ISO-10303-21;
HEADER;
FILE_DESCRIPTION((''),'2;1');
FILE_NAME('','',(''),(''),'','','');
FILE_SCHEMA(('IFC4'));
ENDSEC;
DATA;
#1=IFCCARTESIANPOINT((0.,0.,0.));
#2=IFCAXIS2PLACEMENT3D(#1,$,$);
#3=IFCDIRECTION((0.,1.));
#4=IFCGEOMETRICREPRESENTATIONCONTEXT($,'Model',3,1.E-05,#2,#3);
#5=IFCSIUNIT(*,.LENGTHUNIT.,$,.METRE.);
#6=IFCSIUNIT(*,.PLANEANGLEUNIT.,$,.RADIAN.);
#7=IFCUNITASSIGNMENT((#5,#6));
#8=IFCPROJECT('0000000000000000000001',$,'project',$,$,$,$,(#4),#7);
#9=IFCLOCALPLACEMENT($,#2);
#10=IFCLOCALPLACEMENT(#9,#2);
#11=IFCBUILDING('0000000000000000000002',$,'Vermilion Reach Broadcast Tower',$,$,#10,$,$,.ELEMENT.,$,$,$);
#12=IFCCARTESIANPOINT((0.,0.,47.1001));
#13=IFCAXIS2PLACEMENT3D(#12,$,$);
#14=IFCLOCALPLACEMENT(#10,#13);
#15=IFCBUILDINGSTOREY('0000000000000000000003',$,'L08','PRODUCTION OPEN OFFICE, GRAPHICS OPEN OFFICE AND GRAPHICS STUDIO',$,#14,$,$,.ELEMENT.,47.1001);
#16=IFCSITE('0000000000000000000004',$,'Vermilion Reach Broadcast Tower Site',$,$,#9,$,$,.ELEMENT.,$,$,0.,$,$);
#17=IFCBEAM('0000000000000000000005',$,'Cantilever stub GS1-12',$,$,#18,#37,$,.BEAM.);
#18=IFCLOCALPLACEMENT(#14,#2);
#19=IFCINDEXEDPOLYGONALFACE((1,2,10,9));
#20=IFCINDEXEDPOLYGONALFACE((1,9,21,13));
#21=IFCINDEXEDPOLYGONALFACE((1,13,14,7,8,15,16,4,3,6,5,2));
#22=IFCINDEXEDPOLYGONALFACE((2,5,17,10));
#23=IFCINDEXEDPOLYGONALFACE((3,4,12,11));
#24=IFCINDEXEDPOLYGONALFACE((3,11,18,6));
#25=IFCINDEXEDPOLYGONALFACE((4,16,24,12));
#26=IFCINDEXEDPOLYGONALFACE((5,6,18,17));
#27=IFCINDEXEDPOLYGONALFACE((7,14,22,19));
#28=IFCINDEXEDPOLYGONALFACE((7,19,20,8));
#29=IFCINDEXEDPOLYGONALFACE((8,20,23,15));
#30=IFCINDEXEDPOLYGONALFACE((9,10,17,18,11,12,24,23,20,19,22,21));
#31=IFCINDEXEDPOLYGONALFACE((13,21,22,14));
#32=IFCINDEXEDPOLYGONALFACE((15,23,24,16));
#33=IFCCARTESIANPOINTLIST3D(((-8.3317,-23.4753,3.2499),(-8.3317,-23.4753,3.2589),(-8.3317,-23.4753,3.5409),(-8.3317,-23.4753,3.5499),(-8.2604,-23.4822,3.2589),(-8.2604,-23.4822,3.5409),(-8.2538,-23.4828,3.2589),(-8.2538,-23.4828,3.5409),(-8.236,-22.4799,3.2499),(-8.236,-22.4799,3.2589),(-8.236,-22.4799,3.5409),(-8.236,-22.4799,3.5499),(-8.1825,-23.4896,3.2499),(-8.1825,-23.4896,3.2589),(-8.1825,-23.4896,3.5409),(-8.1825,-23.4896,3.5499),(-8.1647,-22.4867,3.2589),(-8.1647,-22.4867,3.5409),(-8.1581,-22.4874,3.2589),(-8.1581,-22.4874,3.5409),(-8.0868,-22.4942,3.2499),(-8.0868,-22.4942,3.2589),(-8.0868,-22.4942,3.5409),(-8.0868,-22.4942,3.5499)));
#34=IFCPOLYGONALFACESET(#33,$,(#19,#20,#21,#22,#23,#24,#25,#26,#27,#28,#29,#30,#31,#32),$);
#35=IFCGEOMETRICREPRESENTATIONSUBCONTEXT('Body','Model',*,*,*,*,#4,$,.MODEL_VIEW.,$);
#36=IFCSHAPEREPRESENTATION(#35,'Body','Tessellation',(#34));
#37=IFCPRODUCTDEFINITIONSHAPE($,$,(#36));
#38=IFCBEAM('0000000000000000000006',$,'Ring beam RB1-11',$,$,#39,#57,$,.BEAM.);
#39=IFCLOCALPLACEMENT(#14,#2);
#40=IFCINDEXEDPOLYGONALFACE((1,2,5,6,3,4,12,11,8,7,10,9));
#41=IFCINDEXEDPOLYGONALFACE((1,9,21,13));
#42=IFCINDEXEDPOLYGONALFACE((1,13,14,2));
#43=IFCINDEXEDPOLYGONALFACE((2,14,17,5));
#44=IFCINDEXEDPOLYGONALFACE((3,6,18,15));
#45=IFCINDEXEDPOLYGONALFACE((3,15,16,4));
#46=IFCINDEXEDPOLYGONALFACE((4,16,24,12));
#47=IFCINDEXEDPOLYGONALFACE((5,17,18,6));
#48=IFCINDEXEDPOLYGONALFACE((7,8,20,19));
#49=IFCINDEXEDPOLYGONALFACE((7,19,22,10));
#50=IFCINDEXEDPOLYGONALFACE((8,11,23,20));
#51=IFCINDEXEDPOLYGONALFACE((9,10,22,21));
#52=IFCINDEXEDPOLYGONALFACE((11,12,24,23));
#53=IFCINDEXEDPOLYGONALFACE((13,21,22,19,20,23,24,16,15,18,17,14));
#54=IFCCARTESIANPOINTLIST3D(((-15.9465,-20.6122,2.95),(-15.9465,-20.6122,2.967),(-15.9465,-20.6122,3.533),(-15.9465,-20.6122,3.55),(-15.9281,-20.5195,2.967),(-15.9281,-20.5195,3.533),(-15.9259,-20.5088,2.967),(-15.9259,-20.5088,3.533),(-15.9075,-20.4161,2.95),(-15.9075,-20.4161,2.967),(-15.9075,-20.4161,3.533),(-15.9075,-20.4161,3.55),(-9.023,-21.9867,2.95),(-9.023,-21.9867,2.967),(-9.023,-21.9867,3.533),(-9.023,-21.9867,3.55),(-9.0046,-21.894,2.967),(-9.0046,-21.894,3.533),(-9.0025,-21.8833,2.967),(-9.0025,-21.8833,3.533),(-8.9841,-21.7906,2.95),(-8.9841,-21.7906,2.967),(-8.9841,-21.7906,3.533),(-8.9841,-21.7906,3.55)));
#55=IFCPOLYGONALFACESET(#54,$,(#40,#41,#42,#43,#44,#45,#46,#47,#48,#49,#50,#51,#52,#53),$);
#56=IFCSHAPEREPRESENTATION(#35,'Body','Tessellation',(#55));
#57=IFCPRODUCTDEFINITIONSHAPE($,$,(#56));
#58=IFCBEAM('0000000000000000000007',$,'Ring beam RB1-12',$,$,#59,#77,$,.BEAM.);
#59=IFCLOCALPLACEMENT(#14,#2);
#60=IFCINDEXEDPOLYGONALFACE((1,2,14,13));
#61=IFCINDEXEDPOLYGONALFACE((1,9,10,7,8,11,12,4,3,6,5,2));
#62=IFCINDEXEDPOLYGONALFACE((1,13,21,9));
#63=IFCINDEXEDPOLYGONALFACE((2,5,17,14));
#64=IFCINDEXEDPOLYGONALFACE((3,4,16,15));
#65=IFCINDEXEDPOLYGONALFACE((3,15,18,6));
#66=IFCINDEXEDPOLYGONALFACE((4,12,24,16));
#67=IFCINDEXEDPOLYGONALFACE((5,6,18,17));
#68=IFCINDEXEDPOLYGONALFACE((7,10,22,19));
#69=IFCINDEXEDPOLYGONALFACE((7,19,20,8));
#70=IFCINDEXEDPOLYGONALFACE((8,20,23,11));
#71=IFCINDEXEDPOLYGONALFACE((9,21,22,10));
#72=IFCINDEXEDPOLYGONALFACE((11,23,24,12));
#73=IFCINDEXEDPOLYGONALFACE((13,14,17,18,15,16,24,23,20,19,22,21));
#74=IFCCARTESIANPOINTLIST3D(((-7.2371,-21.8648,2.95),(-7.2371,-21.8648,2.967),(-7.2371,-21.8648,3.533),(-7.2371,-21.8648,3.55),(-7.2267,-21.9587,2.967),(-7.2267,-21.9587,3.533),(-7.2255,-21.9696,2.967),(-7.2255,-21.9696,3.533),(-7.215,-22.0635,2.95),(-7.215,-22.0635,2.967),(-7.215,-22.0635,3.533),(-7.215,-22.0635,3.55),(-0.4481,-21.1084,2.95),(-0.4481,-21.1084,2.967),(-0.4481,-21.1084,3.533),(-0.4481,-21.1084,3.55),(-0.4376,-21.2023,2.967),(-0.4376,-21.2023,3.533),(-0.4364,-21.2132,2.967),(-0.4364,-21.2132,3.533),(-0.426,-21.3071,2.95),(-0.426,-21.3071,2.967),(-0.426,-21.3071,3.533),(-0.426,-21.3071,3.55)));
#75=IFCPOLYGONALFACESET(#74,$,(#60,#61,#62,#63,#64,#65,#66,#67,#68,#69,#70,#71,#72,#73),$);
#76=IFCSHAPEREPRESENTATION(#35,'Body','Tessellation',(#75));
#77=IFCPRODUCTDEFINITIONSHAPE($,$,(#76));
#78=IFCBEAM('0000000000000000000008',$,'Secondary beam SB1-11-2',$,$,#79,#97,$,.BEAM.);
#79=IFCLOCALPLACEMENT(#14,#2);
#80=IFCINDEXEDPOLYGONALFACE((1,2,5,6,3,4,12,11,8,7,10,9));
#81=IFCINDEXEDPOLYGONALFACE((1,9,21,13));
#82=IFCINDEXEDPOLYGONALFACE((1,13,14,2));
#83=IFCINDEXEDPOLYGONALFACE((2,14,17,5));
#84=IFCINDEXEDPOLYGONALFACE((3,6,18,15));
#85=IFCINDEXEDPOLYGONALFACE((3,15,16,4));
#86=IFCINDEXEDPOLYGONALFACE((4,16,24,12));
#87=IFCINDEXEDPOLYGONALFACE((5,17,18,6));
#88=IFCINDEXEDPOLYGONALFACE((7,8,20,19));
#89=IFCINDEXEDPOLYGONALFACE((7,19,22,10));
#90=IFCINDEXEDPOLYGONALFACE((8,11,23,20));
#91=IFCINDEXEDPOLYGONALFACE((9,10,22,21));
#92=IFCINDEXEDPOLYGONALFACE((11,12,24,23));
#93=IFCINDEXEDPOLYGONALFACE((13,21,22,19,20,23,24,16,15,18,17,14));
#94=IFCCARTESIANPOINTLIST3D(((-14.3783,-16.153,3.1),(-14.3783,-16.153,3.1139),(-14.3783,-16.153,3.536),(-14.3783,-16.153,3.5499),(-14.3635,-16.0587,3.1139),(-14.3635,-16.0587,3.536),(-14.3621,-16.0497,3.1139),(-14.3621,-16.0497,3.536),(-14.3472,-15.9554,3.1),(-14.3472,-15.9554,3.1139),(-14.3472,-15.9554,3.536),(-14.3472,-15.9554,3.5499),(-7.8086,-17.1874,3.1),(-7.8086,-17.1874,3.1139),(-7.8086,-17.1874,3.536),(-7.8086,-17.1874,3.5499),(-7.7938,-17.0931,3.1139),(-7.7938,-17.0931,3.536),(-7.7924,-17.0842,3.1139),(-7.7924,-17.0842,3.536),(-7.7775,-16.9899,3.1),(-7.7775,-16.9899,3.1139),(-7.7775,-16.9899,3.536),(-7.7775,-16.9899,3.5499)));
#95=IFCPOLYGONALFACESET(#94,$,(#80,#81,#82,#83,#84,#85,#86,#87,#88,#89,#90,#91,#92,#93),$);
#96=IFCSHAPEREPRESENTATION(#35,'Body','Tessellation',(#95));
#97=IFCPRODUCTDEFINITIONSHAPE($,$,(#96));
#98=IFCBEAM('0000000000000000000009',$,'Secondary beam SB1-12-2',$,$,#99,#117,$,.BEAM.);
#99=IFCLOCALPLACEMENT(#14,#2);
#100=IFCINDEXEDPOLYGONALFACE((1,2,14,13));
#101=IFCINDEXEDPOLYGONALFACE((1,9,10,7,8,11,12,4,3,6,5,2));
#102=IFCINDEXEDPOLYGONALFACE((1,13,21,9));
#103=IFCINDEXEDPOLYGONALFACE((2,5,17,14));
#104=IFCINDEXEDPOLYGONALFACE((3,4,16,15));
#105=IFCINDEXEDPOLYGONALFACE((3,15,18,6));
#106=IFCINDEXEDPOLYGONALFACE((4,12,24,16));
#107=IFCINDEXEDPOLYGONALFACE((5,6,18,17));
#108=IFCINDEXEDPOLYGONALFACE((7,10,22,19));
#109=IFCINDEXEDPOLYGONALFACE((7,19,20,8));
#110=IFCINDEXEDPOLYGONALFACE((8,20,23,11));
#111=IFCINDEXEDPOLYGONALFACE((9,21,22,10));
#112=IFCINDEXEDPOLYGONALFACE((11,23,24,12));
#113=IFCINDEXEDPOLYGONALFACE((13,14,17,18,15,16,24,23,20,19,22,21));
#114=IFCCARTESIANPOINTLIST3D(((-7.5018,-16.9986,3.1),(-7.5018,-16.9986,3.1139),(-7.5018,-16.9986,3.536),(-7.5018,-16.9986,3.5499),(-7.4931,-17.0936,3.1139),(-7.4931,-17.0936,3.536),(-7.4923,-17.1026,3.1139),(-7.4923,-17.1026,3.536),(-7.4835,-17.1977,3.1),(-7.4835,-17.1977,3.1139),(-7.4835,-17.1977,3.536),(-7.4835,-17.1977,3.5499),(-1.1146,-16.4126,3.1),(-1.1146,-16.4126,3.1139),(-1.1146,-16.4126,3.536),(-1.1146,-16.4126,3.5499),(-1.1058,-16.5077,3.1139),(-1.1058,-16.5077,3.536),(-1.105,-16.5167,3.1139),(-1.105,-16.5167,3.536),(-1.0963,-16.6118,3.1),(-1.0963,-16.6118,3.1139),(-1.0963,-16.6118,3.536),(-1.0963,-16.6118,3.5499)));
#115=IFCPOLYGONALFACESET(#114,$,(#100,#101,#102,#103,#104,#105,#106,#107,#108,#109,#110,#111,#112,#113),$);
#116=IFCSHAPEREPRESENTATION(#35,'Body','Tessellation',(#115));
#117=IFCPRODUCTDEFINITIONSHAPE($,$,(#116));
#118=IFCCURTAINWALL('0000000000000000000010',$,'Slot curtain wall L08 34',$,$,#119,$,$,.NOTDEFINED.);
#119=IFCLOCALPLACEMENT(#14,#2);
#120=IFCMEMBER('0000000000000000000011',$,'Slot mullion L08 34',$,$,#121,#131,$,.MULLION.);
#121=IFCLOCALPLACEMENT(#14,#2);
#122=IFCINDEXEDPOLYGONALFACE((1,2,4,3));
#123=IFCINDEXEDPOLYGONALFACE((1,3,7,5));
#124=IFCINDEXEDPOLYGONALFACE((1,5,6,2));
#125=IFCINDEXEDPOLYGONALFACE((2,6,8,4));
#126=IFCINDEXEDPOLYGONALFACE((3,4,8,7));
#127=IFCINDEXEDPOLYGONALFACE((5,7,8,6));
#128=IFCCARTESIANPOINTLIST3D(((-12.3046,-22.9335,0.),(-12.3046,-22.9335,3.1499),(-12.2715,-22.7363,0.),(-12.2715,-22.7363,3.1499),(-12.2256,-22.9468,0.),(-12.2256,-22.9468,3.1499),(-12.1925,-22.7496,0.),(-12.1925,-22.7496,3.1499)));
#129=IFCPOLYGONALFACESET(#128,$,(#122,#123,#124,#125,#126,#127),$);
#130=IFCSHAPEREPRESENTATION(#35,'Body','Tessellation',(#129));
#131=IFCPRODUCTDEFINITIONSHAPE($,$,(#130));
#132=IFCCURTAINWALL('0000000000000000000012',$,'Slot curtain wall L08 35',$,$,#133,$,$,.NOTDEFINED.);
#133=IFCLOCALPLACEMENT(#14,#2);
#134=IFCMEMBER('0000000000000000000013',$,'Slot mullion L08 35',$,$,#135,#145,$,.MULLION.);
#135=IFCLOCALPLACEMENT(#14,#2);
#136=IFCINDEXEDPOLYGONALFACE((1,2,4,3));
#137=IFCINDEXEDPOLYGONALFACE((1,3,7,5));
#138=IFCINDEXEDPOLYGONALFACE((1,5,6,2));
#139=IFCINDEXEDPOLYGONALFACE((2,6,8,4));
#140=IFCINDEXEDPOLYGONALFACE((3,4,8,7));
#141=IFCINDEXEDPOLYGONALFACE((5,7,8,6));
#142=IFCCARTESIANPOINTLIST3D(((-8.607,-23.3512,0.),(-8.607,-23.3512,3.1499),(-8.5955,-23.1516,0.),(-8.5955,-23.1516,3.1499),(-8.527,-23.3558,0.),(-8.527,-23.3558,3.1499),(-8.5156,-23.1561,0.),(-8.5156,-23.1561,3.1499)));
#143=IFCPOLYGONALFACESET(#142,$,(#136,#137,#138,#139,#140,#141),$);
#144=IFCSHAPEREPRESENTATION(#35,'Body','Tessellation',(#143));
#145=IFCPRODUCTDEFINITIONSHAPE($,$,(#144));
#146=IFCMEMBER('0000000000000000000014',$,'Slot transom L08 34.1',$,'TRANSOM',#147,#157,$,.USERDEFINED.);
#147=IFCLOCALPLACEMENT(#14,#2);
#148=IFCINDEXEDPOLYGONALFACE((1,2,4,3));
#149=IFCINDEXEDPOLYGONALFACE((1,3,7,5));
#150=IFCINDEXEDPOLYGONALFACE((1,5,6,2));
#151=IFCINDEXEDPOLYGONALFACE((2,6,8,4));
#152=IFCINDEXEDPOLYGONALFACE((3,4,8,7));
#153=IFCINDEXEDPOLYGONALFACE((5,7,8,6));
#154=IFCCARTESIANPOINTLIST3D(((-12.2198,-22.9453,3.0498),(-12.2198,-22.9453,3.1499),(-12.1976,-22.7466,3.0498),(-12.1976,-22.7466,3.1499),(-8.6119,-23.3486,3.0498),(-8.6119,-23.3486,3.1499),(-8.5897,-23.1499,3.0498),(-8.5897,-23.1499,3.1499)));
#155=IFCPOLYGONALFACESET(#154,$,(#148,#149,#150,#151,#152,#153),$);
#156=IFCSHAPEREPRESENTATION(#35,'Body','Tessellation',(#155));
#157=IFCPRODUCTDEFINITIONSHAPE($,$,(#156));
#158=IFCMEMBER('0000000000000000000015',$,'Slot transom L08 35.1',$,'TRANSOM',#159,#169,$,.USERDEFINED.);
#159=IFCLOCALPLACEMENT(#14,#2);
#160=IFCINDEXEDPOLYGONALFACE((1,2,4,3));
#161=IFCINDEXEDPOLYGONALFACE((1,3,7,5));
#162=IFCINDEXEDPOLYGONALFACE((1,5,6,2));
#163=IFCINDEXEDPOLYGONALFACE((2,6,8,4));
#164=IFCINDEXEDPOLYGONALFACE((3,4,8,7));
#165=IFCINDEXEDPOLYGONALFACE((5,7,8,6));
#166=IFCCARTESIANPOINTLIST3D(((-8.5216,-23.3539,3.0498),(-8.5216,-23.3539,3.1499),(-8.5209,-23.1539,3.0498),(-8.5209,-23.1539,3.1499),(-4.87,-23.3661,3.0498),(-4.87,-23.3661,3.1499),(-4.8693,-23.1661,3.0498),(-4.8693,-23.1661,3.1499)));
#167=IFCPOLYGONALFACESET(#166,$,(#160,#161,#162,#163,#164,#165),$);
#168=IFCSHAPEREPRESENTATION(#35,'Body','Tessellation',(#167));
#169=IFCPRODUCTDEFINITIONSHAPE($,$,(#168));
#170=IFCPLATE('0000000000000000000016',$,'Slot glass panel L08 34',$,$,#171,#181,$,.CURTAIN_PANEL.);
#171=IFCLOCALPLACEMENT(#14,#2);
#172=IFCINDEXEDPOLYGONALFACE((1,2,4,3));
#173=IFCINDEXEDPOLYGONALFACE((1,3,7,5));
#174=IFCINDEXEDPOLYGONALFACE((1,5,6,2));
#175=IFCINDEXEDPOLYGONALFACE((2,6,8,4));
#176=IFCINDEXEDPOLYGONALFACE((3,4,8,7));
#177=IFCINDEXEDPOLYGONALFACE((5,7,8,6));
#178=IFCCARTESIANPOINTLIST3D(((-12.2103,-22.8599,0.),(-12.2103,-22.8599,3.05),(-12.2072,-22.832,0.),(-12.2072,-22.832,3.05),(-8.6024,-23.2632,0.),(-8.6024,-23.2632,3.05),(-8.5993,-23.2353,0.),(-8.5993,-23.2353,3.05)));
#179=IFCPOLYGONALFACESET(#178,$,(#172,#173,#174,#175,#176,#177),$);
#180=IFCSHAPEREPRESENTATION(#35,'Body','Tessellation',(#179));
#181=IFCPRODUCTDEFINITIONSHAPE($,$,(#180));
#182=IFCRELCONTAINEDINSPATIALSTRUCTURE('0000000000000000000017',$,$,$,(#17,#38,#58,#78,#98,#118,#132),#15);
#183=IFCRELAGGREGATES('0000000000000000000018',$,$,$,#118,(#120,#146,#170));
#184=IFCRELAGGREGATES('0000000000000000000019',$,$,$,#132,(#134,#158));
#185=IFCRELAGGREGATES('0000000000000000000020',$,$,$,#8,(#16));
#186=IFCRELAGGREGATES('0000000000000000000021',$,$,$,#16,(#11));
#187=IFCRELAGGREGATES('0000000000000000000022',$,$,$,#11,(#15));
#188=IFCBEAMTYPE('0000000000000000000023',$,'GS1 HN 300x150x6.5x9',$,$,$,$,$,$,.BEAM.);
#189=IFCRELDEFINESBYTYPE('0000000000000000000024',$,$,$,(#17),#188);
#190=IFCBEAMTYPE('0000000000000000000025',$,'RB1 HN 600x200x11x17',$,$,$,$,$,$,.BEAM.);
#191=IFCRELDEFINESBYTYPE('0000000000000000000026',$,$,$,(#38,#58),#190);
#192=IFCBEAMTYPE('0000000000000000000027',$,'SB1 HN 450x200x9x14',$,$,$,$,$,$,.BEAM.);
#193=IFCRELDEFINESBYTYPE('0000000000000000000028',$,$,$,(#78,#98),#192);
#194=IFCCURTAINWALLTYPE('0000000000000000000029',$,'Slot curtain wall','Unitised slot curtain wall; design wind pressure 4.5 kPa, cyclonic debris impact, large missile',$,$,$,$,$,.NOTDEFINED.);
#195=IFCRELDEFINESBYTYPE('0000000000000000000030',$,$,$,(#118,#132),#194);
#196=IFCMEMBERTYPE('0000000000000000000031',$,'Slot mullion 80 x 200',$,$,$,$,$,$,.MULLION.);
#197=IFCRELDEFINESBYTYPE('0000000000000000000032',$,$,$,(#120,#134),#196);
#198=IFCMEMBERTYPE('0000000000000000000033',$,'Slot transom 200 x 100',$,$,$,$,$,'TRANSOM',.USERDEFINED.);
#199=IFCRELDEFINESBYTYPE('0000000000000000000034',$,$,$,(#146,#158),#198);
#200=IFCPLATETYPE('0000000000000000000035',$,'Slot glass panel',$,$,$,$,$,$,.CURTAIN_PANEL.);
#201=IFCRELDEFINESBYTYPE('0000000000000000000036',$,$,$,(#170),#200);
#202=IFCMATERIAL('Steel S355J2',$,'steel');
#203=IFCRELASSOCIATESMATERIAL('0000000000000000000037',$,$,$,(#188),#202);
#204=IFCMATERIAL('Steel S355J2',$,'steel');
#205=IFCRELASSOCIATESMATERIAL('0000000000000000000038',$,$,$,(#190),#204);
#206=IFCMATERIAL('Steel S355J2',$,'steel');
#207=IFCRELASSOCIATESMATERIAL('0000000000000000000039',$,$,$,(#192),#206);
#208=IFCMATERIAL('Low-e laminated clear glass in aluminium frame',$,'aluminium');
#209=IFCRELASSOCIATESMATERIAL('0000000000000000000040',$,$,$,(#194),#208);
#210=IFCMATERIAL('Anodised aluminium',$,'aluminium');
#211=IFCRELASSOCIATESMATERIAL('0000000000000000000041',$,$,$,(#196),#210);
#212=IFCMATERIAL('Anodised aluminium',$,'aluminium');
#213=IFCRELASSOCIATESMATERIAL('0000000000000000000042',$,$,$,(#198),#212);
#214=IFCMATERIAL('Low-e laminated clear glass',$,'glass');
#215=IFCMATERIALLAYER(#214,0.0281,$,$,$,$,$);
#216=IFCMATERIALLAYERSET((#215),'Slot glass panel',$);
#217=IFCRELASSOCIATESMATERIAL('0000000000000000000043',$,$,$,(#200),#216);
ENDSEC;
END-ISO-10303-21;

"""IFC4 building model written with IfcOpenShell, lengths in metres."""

from ifc_helpers import new_model, si_unit, direction, frame, origin, origin_2d, place, context, subcontext, project, spatial, rectangle, i_section, extrude, material, layer, layer_set, material_profile, profile_set, type_object, element, aggregate, save


model = new_model("IFC4")

# Units and contexts
model_context = context("Model", 3, precision=1e-05, world=origin(), true_north=direction((0.0, 1.0)))
body_context = subcontext(model_context, "Body", "Model", "MODEL_VIEW")
ifc_project = project(units=[si_unit("LENGTHUNIT", "METRE"), si_unit("PLANEANGLEUNIT", "RADIAN")], contexts=[model_context])

# Site, building, storey
site_placement = place(None, origin())
site = spatial("IfcSite", under=ifc_project, at=site_placement, Name="Vermilion Reach Broadcast Tower Site", CompositionType="ELEMENT", RefElevation=0.0)
building_placement = place(site_placement, origin())
building = spatial("IfcBuilding", under=site, at=building_placement, Name="Vermilion Reach Broadcast Tower", CompositionType="ELEMENT")
storey_placement = place(building_placement, frame((0.0, 0.0, 47.1001)))
storey = spatial("IfcBuildingStorey", under=building, at=storey_placement, Name="L08", Description="PRODUCTION OPEN OFFICE, GRAPHICS OPEN OFFICE AND GRAPHICS STUDIO", CompositionType="ELEMENT", Elevation=47.1001)

# Beams
ifc_material_1 = material(Name="Steel S355J2", Category="steel")
ifc_material_profile_1 = material_profile(ifc_material_1, i_section(OverallWidth=0.1499, OverallDepth=0.3, WebThickness=0.0066, FlangeThickness=0.009, at=origin_2d()), Name="S355J2 HN 300x150x6.5x9")
ifc_profile_set_1 = profile_set([ifc_material_profile_1], Name="Steel S355J2")
beam_type_1 = type_object("IfcBeamType", Name="GS1 HN 300x150x6.5x9", PredefinedType="BEAM", material=ifc_profile_set_1)
for number, where, z_axis, x_axis, name in (
    (1, (-8.1614, -22.4871, 3.3999), (-0.095708, -0.995409, 0.0), (0.995409, -0.095708, 0.0), "Cantilever stub GS1-12"),
):
    element("IfcBeam", number, at=place(storey_placement, frame(where, z_axis=z_axis, x_axis=x_axis)), inside=storey, type_object=beam_type_1, Name=name, PredefinedType="BEAM", context=body_context, shape_type="SweptSolid", body=[
        extrude(i_section(OverallWidth=0.1499, OverallDepth=0.3, WebThickness=0.0066, FlangeThickness=0.009, at=origin_2d()), origin(), (0.0, 0.0, 1.0), 1.0),
    ])
ifc_material_2 = material(Name="Steel S355J2", Category="steel")
ifc_material_profile_2 = material_profile(ifc_material_2, i_section(OverallWidth=0.2, OverallDepth=0.6001, WebThickness=0.011, FlangeThickness=0.0171, at=origin_2d()), Name="S355J2 HN 600x200x11x17")
ifc_profile_set_2 = profile_set([ifc_material_profile_2], Name="Steel S355J2")
beam_type_2 = type_object("IfcBeamType", Name="RB1 HN 600x200x11x17", PredefinedType="BEAM", material=ifc_profile_set_2)
beam_1_placement = place(storey_placement, frame((-15.927, -20.5142, 3.25), z_axis=(0.980858, -0.194726, 0.0), x_axis=(0.194726, 0.980858, 0.0)))
element("IfcBeam", 2, at=beam_1_placement, inside=storey, type_object=beam_type_2, Name="Ring beam RB1-11", PredefinedType="BEAM", context=body_context, shape_type="SweptSolid", body=[
    extrude(i_section(OverallWidth=0.2, OverallDepth=0.6001, WebThickness=0.011, FlangeThickness=0.0171, at=origin_2d()), origin(), (0.0, 0.0, 1.0), 7.0586),
])
beam_2_placement = place(storey_placement, frame((-7.2261, -21.9641, 3.25), z_axis=(0.993851, 0.110722, 0.0), x_axis=(-0.110722, 0.993851, 0.0)))
element("IfcBeam", 3, at=beam_2_placement, inside=storey, type_object=beam_type_2, Name="Ring beam RB1-12", PredefinedType="BEAM", context=body_context, shape_type="SweptSolid", body=[
    extrude(i_section(OverallWidth=0.2, OverallDepth=0.6001, WebThickness=0.011, FlangeThickness=0.0171, at=origin_2d()), origin(), (0.0, 0.0, 1.0), 6.8311),
])
ifc_material_3 = material(Name="Steel S355J2", Category="steel")
ifc_material_profile_3 = material_profile(ifc_material_3, i_section(OverallWidth=0.2, OverallDepth=0.45, WebThickness=0.009, FlangeThickness=0.0139, at=origin_2d()), Name="S355J2 HN 450x200x9x14")
ifc_profile_set_3 = profile_set([ifc_material_profile_3], Name="Steel S355J2")
beam_type_3 = type_object("IfcBeamType", Name="SB1 HN 450x200x9x14", PredefinedType="BEAM", material=ifc_profile_set_3)
beam_3_placement = place(storey_placement, frame((-14.3628, -16.0542, 3.325), z_axis=(0.98783, -0.15554, 0.0), x_axis=(0.15554, 0.98783, 0.0)))
element("IfcBeam", 4, at=beam_3_placement, inside=storey, type_object=beam_type_3, Name="Secondary beam SB1-11-2", PredefinedType="BEAM", context=body_context, shape_type="SweptSolid", body=[
    extrude(i_section(OverallWidth=0.2, OverallDepth=0.45, WebThickness=0.009, FlangeThickness=0.0139, at=origin_2d()), origin(), (0.0, 0.0, 1.0), 6.6506),
])
beam_4_placement = place(storey_placement, frame((-7.4927, -17.0981, 3.325), z_axis=(0.995819, 0.091353, 0.0), x_axis=(-0.091353, 0.995819, 0.0)))
element("IfcBeam", 5, at=beam_4_placement, inside=storey, type_object=beam_type_3, Name="Secondary beam SB1-12-2", PredefinedType="BEAM", context=body_context, shape_type="SweptSolid", body=[
    extrude(i_section(OverallWidth=0.2, OverallDepth=0.45, WebThickness=0.009, FlangeThickness=0.0139, at=origin_2d()), origin(), (0.0, 0.0, 1.0), 6.4141),
])

# Curtain walls, members
ifc_material_4 = material(Name="Low-e laminated clear glass in aluminium frame", Category="aluminium")
curtain_wall_type = type_object("IfcCurtainWallType", Name="Slot curtain wall", Description="Unitised slot curtain wall; design wind pressure 4.5 kPa, cyclonic debris impact, large missile", PredefinedType="NOTDEFINED", material=ifc_material_4)
placement = place(storey_placement, origin())
curtain_wall_1 = element("IfcCurtainWall", 6, at=placement, inside=storey, type_object=curtain_wall_type, Name="Slot curtain wall L08 34", PredefinedType="NOTDEFINED")
ifc_material_5 = material(Name="Anodised aluminium", Category="aluminium")
ifc_material_profile_4 = material_profile(ifc_material_5, rectangle(XDim=0.2, YDim=0.0801, at=origin_2d()), Name="Slot mullion 80 x 200")
ifc_profile_set_4 = profile_set([ifc_material_profile_4], Name="Anodised aluminium")
member_type_1 = type_object("IfcMemberType", Name="Slot mullion 80 x 200", PredefinedType="MULLION", material=ifc_profile_set_4)
member_1_placement = place(storey_placement, frame((-12.2485, -22.8416, 0.0), z_axis=(0.0, 0.0, 1.0), x_axis=(0.165409, 0.986225, 0.0)))
member_1 = element("IfcMember", 7, at=member_1_placement, type_object=member_type_1, Name="Slot mullion L08 34", PredefinedType="MULLION", context=body_context, shape_type="SweptSolid", body=[
    extrude(rectangle(XDim=0.2, YDim=0.0801, at=origin_2d()), origin(), (0.0, 0.0, 1.0), 3.1499),
])
curtain_wall_2 = element("IfcCurtainWall", 8, at=placement, inside=storey, type_object=curtain_wall_type, Name="Slot curtain wall L08 35", PredefinedType="NOTDEFINED")
member_2_placement = place(storey_placement, frame((-8.5613, -23.2537, 0.0), z_axis=(0.0, 0.0, 1.0), x_axis=(0.057319, 0.998356, 0.0)))
member_2 = element("IfcMember", 9, at=member_2_placement, type_object=member_type_1, Name="Slot mullion L08 35", PredefinedType="MULLION", context=body_context, shape_type="SweptSolid", body=[
    extrude(rectangle(XDim=0.2, YDim=0.0801, at=origin_2d()), origin(), (0.0, 0.0, 1.0), 3.1499),
])

# Members
ifc_material_6 = material(Name="Anodised aluminium", Category="aluminium")
ifc_material_profile_5 = material_profile(ifc_material_6, rectangle(XDim=0.2, YDim=0.1001, at=origin_2d()), Name="Slot transom 200 x 100")
ifc_profile_set_5 = profile_set([ifc_material_profile_5], Name="Anodised aluminium")
member_type_2 = type_object("IfcMemberType", Name="Slot transom 200 x 100", ElementType="TRANSOM", PredefinedType="USERDEFINED", material=ifc_profile_set_5)
member_3_placement = place(storey_placement, frame((-12.2087, -22.8459, 3.0999), z_axis=(0.99381, -0.111096, 0.0), x_axis=(0.111096, 0.99381, 0.0)))
member_3 = element("IfcMember", 10, at=member_3_placement, type_object=member_type_2, Name="Slot transom L08 34.1", ObjectType="TRANSOM", PredefinedType="USERDEFINED", context=body_context, shape_type="SweptSolid", body=[
    extrude(rectangle(XDim=0.2, YDim=0.1001, at=origin_2d()), origin(), (0.0, 0.0, 1.0), 3.6304),
])
member_4_placement = place(storey_placement, frame((-8.5212, -23.2539, 3.0999), z_axis=(0.999994, -0.003343, 0.0), x_axis=(0.003343, 0.999994, 0.0)))
member_4 = element("IfcMember", 11, at=member_4_placement, type_object=member_type_2, Name="Slot transom L08 35.1", ObjectType="TRANSOM", PredefinedType="USERDEFINED", context=body_context, shape_type="SweptSolid", body=[
    extrude(rectangle(XDim=0.2, YDim=0.1001, at=origin_2d()), origin(), (0.0, 0.0, 1.0), 3.6516),
])

# Plate
ifc_material_7 = material(Name="Low-e laminated clear glass", Category="glass")
ifc_layer_1 = layer(ifc_material_7, 0.0281)
ifc_layer_set_1 = layer_set([ifc_layer_1], Name="Slot glass panel")
plate_type = type_object("IfcPlateType", Name="Slot glass panel", PredefinedType="CURTAIN_PANEL", material=ifc_layer_set_1)
plate_1_placement = place(storey_placement, frame((-10.4048, -23.0476, 0.0), z_axis=(0.0, 0.0, 1.0), x_axis=(0.993811, -0.11108, 0.0)))
plate_1 = element("IfcPlate", 12, at=plate_1_placement, type_object=plate_type, Name="Slot glass panel L08 34", PredefinedType="CURTAIN_PANEL", context=body_context, shape_type="SweptSolid", body=[
    extrude(rectangle(XDim=3.6304, YDim=0.0281, at=origin_2d()), origin(), (0.0, 0.0, 1.0), 3.05),
])
aggregate(curtain_wall_1, [member_1, member_3, plate_1])
aggregate(curtain_wall_2, [member_2, member_4])

save(model, "model.ifc")
